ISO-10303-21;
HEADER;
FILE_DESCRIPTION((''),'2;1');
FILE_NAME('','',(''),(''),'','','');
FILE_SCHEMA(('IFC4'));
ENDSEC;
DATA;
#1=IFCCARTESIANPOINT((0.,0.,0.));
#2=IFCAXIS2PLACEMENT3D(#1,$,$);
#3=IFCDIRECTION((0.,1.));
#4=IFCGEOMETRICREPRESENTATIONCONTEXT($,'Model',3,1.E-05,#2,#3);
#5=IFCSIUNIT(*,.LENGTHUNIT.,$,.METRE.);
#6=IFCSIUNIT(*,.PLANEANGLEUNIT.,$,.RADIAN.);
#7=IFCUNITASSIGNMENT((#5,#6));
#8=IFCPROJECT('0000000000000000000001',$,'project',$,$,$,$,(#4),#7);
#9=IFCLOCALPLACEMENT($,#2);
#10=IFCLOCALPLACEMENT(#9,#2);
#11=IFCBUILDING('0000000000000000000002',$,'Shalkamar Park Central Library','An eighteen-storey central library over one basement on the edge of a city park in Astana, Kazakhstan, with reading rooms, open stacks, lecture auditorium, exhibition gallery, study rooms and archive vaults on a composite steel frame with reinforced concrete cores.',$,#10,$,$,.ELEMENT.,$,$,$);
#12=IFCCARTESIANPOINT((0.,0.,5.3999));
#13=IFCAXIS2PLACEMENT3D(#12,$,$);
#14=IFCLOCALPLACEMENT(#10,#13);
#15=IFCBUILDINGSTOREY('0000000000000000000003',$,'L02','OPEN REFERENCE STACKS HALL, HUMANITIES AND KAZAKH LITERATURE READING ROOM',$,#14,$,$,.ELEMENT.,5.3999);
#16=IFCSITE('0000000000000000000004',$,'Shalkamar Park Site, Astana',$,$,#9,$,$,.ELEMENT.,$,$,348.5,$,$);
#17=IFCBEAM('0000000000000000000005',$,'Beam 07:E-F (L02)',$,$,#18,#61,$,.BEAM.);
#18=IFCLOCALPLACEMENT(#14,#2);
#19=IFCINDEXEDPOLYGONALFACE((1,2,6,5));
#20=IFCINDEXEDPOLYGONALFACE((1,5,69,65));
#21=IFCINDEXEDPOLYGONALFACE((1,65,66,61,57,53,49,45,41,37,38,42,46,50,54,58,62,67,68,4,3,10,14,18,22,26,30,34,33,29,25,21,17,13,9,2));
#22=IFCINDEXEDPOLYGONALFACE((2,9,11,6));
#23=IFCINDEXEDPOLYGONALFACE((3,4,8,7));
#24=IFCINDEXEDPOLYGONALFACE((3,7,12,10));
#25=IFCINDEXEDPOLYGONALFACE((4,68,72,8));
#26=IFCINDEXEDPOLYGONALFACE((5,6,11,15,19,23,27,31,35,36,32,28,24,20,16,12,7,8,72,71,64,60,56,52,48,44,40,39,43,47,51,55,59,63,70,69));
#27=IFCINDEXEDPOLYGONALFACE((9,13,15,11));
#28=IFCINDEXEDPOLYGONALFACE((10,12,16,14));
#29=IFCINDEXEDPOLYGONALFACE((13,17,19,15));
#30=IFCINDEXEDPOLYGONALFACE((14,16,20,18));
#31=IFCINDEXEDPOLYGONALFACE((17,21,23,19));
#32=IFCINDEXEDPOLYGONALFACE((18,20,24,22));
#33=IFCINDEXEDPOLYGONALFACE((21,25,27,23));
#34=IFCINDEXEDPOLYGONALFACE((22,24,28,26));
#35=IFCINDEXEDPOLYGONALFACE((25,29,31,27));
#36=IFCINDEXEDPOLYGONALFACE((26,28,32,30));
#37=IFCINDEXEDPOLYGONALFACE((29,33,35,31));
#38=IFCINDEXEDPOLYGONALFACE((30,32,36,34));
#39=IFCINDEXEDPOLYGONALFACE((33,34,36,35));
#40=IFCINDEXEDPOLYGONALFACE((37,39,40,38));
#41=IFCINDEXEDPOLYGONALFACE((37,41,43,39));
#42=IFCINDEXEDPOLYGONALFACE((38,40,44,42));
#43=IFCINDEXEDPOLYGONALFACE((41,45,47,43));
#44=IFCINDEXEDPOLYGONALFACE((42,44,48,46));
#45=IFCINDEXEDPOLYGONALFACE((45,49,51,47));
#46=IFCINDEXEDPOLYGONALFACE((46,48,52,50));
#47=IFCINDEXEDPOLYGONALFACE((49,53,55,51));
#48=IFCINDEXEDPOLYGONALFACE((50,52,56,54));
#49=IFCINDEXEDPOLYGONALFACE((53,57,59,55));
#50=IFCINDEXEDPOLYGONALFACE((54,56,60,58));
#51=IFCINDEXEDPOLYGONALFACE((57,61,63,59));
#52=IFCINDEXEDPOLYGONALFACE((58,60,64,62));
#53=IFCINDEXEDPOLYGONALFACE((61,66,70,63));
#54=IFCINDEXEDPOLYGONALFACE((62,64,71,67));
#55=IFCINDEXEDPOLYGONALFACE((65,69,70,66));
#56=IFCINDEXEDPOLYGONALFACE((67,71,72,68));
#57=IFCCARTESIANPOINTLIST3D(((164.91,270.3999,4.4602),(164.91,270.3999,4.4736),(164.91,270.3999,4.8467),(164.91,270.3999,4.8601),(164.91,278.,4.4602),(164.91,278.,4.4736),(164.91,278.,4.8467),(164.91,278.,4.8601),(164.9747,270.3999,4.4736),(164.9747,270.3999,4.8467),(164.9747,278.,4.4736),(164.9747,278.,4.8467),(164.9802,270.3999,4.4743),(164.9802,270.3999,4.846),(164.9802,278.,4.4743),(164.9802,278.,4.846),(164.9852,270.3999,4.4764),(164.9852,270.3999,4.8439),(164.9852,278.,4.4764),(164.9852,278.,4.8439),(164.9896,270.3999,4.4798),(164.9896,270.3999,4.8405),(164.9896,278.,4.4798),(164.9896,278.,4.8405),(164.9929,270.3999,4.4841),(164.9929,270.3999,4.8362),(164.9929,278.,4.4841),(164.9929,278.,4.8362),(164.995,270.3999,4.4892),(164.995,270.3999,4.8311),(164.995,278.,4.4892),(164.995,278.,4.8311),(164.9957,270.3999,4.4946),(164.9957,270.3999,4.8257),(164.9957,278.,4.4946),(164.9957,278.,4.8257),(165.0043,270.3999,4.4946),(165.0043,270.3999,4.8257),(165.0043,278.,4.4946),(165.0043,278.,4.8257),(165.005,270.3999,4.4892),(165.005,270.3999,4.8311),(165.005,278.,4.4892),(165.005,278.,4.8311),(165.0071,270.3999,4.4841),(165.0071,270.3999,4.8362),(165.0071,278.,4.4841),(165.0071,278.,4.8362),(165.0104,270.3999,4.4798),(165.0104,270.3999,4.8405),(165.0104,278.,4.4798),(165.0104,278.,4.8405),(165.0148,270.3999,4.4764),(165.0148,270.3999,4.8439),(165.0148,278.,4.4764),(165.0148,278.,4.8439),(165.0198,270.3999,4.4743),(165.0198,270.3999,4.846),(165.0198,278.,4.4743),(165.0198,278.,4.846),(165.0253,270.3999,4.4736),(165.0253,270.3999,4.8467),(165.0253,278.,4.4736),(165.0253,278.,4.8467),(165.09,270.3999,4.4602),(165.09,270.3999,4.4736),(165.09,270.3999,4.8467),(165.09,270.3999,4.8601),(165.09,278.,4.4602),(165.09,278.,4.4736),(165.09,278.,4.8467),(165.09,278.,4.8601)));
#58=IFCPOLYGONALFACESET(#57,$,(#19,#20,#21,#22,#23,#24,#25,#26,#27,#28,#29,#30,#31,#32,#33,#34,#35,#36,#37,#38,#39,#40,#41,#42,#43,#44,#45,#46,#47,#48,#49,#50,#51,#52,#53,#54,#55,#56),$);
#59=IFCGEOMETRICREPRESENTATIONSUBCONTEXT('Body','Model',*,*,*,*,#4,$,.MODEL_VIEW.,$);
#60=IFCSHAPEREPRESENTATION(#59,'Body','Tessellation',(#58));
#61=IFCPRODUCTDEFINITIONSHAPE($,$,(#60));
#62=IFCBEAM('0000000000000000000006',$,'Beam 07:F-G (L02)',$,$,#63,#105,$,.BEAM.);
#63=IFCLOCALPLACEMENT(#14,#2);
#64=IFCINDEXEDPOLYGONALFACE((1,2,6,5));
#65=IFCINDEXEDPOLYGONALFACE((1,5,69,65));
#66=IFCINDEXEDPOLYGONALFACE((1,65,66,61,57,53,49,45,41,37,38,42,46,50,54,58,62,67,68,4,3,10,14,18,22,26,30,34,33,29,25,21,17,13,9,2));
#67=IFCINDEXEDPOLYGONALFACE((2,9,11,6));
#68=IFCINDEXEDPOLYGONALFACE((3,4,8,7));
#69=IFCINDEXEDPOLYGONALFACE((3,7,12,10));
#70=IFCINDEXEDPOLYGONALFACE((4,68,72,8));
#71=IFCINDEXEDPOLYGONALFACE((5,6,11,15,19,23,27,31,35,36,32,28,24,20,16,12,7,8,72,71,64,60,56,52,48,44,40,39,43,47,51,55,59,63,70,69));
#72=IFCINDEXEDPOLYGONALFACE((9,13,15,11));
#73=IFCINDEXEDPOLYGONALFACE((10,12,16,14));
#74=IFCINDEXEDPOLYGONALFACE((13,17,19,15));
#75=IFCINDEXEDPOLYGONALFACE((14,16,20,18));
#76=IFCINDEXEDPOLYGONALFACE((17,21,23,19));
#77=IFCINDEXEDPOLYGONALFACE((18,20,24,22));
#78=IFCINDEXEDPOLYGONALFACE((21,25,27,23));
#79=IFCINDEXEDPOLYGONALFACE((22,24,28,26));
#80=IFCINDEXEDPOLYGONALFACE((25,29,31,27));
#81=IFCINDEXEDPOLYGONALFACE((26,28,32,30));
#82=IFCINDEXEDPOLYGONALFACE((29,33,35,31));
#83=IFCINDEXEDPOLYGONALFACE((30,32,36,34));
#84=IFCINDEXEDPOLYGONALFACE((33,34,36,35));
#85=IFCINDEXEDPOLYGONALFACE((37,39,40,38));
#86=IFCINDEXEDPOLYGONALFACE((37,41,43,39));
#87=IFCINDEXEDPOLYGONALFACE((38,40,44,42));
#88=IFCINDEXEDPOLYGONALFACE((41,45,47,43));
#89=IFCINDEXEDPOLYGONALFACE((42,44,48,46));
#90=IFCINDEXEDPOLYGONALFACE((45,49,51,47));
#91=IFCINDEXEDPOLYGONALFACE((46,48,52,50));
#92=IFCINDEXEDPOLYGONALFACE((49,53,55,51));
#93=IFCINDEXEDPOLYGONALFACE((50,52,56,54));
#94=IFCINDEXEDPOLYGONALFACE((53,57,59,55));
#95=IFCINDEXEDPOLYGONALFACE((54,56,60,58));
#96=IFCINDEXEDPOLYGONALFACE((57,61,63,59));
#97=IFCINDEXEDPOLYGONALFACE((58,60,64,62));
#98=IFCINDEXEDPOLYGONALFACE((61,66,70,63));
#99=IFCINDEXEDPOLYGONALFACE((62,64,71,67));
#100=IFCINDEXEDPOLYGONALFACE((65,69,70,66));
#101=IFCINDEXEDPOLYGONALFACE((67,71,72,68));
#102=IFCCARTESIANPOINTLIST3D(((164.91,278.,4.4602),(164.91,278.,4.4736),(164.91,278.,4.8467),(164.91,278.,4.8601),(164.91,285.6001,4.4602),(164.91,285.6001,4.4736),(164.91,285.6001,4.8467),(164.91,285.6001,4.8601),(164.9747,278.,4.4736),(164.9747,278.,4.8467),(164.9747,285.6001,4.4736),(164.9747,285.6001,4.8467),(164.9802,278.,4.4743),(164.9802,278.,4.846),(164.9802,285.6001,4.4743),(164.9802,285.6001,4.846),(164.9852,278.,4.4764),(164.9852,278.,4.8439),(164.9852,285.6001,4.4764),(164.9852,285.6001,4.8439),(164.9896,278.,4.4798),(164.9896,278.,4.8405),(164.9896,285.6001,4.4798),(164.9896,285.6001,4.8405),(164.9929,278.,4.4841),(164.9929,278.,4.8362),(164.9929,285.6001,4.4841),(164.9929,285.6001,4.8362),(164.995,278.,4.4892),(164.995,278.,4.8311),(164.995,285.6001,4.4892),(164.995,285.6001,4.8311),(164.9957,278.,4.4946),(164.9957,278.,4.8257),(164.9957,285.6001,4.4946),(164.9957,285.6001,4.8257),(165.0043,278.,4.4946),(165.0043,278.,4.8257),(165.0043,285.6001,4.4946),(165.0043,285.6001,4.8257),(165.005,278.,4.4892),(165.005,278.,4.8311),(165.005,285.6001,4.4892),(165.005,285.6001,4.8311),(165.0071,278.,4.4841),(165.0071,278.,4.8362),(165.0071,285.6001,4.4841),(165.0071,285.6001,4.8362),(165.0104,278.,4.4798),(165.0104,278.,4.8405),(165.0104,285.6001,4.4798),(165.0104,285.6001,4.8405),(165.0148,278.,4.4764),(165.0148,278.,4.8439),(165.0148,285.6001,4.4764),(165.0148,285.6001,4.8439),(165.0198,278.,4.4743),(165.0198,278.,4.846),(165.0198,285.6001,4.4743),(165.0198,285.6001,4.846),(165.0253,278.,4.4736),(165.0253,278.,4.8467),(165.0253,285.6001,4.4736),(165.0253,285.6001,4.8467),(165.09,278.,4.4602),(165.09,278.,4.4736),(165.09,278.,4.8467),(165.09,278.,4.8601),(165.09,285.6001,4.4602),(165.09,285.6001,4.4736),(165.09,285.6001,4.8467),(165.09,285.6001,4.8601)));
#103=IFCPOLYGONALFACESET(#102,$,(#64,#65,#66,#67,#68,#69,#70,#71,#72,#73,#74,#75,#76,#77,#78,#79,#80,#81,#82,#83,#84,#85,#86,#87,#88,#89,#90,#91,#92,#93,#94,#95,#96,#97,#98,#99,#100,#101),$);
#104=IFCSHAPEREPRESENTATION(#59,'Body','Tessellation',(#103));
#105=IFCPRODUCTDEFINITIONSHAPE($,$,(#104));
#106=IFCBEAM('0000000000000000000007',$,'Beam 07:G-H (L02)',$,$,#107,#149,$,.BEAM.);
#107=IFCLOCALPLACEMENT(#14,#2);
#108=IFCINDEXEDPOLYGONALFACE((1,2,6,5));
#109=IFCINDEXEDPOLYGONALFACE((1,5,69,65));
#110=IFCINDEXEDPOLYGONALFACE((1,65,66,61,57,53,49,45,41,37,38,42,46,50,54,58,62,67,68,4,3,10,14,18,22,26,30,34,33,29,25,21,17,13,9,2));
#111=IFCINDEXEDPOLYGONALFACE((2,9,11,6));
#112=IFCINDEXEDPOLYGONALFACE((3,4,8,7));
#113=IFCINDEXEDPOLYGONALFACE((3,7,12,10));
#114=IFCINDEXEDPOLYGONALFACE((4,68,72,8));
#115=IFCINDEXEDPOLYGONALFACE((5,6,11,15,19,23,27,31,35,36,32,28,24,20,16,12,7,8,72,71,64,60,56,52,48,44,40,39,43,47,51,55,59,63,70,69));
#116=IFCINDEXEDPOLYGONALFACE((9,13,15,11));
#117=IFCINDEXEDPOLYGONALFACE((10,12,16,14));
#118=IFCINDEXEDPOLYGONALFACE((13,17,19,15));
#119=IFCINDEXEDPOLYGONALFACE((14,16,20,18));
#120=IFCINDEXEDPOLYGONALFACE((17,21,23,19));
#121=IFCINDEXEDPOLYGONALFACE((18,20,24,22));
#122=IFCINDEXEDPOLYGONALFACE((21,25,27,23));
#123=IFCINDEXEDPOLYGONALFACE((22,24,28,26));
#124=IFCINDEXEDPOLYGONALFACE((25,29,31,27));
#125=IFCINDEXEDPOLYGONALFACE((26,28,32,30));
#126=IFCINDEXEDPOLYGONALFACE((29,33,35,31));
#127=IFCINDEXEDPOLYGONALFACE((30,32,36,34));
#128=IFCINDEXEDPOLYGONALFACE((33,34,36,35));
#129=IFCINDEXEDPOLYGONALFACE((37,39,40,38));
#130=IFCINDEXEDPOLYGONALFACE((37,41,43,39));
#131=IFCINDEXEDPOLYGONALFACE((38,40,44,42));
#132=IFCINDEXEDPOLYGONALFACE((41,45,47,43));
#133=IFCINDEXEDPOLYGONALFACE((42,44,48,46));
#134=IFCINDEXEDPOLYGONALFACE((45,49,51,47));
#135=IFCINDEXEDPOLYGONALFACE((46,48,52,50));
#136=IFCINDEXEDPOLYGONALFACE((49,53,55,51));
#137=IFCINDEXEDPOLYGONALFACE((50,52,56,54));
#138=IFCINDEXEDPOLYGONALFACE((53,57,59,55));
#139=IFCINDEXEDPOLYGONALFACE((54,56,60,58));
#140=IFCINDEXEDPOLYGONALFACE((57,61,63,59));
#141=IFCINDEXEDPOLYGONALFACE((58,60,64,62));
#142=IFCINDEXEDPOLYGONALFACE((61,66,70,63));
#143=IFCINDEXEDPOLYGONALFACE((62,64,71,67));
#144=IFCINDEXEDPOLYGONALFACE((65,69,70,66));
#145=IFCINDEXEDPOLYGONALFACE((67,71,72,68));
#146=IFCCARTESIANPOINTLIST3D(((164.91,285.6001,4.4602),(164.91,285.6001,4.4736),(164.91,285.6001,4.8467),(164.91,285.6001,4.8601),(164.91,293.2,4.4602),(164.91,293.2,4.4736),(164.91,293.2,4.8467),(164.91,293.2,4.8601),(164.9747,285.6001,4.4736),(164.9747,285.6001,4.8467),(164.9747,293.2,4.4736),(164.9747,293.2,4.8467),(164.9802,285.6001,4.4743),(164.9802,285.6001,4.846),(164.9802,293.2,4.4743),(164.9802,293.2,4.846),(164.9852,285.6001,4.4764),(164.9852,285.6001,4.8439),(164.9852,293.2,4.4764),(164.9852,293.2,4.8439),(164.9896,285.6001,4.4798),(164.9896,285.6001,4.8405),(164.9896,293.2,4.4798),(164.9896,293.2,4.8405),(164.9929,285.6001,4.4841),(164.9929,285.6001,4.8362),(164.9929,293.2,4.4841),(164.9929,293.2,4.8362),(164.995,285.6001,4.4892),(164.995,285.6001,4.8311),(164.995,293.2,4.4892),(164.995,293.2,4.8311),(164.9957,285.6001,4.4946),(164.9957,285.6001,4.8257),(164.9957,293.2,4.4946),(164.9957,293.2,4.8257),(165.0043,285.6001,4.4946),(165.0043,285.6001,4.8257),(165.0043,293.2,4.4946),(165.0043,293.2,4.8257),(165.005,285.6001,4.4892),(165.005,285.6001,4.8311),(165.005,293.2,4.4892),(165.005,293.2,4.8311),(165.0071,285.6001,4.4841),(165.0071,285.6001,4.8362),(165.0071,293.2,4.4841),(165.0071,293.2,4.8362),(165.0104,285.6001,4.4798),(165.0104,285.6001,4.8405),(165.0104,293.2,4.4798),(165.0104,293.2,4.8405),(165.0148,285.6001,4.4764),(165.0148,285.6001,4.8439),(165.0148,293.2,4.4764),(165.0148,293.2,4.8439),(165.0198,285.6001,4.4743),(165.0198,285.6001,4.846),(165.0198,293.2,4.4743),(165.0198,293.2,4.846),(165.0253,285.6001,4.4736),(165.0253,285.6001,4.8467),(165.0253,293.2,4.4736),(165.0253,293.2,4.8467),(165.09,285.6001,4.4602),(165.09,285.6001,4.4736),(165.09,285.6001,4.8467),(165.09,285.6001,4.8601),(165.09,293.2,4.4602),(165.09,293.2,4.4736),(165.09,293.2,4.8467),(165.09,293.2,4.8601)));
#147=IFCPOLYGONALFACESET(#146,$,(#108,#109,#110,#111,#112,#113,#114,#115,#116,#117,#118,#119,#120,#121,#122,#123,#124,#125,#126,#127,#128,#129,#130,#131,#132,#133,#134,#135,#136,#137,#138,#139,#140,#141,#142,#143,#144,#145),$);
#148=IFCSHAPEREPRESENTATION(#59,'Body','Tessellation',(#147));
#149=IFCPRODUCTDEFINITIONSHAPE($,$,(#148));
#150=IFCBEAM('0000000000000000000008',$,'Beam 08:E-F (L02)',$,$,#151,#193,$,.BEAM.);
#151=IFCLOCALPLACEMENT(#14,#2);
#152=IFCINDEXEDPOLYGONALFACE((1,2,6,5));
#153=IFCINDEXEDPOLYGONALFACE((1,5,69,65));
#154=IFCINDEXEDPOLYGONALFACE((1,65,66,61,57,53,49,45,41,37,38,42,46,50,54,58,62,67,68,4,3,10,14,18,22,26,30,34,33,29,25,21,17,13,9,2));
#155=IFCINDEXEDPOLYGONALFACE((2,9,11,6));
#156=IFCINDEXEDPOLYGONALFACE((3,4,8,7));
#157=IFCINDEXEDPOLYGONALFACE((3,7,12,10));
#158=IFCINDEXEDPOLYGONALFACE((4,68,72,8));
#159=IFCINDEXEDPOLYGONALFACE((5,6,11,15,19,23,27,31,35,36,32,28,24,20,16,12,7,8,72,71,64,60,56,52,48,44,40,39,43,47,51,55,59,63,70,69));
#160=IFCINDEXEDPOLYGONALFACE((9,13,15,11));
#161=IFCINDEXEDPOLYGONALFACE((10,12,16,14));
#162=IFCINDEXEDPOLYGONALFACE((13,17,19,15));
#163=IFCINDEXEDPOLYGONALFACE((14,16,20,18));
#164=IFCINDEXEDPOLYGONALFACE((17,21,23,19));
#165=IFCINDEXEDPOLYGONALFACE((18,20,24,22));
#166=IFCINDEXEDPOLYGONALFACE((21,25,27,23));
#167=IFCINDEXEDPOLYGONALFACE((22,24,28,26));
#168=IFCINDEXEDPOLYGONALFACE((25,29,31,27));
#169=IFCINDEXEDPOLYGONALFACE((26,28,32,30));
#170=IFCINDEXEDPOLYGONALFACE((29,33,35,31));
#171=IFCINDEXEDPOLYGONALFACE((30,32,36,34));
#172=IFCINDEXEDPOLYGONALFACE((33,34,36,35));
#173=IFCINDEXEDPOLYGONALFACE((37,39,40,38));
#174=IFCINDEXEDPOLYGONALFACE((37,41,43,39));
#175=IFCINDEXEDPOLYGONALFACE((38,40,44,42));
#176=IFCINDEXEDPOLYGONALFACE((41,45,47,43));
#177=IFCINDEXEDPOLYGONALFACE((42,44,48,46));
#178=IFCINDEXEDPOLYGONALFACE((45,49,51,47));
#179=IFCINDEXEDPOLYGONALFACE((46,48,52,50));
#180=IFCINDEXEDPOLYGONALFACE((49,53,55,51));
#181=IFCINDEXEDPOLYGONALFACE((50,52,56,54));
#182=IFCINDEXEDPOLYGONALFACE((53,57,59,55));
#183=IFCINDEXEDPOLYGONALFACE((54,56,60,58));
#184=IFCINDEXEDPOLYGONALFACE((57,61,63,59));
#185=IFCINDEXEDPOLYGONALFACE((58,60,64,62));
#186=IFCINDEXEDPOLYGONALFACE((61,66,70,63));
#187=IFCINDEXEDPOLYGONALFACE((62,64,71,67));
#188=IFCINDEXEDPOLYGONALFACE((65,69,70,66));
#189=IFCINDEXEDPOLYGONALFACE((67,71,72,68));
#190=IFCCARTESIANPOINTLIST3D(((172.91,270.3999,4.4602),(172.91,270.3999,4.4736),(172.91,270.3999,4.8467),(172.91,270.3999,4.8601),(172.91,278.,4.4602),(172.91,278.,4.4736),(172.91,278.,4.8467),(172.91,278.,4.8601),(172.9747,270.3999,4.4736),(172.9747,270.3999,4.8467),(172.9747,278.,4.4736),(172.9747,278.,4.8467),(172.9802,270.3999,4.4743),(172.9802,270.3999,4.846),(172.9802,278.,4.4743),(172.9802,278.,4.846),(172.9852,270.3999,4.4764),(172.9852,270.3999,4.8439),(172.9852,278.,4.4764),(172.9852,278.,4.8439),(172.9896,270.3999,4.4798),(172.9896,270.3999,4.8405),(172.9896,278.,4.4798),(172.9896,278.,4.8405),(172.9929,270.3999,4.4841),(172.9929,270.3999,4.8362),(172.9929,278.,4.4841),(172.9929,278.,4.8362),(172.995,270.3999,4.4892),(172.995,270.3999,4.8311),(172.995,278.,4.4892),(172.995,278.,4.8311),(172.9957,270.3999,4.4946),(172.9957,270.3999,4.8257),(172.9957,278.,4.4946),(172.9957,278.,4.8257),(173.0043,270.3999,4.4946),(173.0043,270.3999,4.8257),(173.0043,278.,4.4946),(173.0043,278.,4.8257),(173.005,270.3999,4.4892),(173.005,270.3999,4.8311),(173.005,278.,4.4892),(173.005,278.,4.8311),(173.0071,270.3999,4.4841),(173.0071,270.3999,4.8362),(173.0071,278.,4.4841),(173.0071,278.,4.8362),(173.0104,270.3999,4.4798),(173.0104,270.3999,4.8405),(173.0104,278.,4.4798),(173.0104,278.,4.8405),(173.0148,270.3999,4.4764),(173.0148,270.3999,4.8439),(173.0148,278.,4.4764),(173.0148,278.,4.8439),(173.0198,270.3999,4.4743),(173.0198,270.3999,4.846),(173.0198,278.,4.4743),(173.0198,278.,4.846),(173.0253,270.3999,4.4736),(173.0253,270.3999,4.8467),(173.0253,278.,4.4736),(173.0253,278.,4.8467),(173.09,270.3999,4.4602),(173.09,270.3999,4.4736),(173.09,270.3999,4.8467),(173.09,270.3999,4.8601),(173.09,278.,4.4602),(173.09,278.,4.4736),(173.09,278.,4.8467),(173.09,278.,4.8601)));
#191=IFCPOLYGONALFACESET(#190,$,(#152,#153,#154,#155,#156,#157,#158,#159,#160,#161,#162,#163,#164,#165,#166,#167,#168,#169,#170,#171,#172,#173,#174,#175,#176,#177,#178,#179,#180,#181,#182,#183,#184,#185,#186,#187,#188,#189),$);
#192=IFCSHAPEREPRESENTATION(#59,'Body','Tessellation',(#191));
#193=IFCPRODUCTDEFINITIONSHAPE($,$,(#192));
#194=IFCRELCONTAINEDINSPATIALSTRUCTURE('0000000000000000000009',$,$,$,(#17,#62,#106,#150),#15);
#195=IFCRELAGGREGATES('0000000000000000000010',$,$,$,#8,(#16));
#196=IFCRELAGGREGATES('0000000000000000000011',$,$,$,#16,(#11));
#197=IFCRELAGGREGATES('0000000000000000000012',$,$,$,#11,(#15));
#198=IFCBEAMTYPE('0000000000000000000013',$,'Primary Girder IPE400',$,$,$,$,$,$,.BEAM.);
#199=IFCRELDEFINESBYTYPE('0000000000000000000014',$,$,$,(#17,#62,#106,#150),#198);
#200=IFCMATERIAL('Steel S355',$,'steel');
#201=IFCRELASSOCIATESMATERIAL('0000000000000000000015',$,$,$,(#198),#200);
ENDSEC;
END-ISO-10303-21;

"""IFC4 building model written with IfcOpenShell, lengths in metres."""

from ifc_helpers import new_model, si_unit, direction, frame, origin, origin_2d, place, context, subcontext, project, spatial, i_section, extrude, material, material_profile, profile_set, type_object, element, save


model = new_model("IFC4")

# Units and contexts
model_context = context("Model", 3, precision=1e-05, world=origin(), true_north=direction((0.0, 1.0)))
body_context = subcontext(model_context, "Body", "Model", "MODEL_VIEW")
ifc_project = project(units=[si_unit("LENGTHUNIT", "METRE"), si_unit("PLANEANGLEUNIT", "RADIAN")], contexts=[model_context])

# Site, building, storey
site_placement = place(None, origin())
site = spatial("IfcSite", under=ifc_project, at=site_placement, Name="Shalkamar Park Site, Astana", CompositionType="ELEMENT", RefElevation=348.5)
building_placement = place(site_placement, origin())
building = spatial("IfcBuilding", under=site, at=building_placement, Name="Shalkamar Park Central Library", Description="An eighteen-storey central library over one basement on the edge of a city park in Astana, Kazakhstan, with reading rooms, open stacks, lecture auditorium, exhibition gallery, study rooms and archive vaults on a composite steel frame with reinforced concrete cores.", CompositionType="ELEMENT")
storey_placement = place(building_placement, frame((0.0, 0.0, 5.3999)))
storey = spatial("IfcBuildingStorey", under=building, at=storey_placement, Name="L02", Description="OPEN REFERENCE STACKS HALL, HUMANITIES AND KAZAKH LITERATURE READING ROOM", CompositionType="ELEMENT", Elevation=5.3999)

# Shared definitions
ifc_material = material(Name="Steel S355", Category="steel")

# Beams
ifc_material_profile_1 = material_profile(ifc_material, i_section(OverallWidth=0.1799, OverallDepth=0.3999, WebThickness=0.0085, FlangeThickness=0.0134, FilletRadius=0.021, at=origin_2d()), Name="IPE 400")
ifc_profile_set_1 = profile_set([ifc_material_profile_1], Name="Steel S355")
beam_type_1 = type_object("IfcBeamType", Name="Primary Girder IPE400", PredefinedType="BEAM", material=ifc_profile_set_1)
for number, where, z_axis, x_axis, name in (
    (1, (165.0, 270.3999, 4.6602), (0.0, 1.0, 0.0), (-1.0, 0.0, 0.0), "Beam 07:E-F (L02)"),
    (2, (165.0, 278.0, 4.6602), (0.0, 1.0, 0.0), (-1.0, 0.0, 0.0), "Beam 07:F-G (L02)"),
):
    element("IfcBeam", number, at=place(storey_placement, frame(where, z_axis=z_axis, x_axis=x_axis)), inside=storey, type_object=beam_type_1, Name=name, PredefinedType="BEAM", context=body_context, shape_type="SweptSolid", body=[
        extrude(i_section(OverallWidth=0.1799, OverallDepth=0.3999, WebThickness=0.0085, FlangeThickness=0.0134, FilletRadius=0.021, at=origin_2d()), origin(), (0.0, 0.0, 1.0), 7.6001),
    ])
beam_1_placement = place(storey_placement, frame((165.0, 285.6001, 4.6602), z_axis=(0.0, 1.0, 0.0), x_axis=(-1.0, 0.0, 0.0)))
element("IfcBeam", 3, at=beam_1_placement, inside=storey, type_object=beam_type_1, Name="Beam 07:G-H (L02)", PredefinedType="BEAM", context=body_context, shape_type="SweptSolid", body=[
    extrude(i_section(OverallWidth=0.1799, OverallDepth=0.3999, WebThickness=0.0085, FlangeThickness=0.0134, FilletRadius=0.021, at=origin_2d()), origin(), (0.0, 0.0, 1.0), 7.5999),
])
for number, where, z_axis, x_axis, name in (
    (4, (173.0, 270.3999, 4.6602), (0.0, 1.0, 0.0), (-1.0, 0.0, 0.0), "Beam 08:E-F (L02)"),
):
    element("IfcBeam", number, at=place(storey_placement, frame(where, z_axis=z_axis, x_axis=x_axis)), inside=storey, type_object=beam_type_1, Name=name, PredefinedType="BEAM", context=body_context, shape_type="SweptSolid", body=[
        extrude(i_section(OverallWidth=0.1799, OverallDepth=0.3999, WebThickness=0.0085, FlangeThickness=0.0134, FilletRadius=0.021, at=origin_2d()), origin(), (0.0, 0.0, 1.0), 7.6001),
    ])

save(model, "model.ifc")
